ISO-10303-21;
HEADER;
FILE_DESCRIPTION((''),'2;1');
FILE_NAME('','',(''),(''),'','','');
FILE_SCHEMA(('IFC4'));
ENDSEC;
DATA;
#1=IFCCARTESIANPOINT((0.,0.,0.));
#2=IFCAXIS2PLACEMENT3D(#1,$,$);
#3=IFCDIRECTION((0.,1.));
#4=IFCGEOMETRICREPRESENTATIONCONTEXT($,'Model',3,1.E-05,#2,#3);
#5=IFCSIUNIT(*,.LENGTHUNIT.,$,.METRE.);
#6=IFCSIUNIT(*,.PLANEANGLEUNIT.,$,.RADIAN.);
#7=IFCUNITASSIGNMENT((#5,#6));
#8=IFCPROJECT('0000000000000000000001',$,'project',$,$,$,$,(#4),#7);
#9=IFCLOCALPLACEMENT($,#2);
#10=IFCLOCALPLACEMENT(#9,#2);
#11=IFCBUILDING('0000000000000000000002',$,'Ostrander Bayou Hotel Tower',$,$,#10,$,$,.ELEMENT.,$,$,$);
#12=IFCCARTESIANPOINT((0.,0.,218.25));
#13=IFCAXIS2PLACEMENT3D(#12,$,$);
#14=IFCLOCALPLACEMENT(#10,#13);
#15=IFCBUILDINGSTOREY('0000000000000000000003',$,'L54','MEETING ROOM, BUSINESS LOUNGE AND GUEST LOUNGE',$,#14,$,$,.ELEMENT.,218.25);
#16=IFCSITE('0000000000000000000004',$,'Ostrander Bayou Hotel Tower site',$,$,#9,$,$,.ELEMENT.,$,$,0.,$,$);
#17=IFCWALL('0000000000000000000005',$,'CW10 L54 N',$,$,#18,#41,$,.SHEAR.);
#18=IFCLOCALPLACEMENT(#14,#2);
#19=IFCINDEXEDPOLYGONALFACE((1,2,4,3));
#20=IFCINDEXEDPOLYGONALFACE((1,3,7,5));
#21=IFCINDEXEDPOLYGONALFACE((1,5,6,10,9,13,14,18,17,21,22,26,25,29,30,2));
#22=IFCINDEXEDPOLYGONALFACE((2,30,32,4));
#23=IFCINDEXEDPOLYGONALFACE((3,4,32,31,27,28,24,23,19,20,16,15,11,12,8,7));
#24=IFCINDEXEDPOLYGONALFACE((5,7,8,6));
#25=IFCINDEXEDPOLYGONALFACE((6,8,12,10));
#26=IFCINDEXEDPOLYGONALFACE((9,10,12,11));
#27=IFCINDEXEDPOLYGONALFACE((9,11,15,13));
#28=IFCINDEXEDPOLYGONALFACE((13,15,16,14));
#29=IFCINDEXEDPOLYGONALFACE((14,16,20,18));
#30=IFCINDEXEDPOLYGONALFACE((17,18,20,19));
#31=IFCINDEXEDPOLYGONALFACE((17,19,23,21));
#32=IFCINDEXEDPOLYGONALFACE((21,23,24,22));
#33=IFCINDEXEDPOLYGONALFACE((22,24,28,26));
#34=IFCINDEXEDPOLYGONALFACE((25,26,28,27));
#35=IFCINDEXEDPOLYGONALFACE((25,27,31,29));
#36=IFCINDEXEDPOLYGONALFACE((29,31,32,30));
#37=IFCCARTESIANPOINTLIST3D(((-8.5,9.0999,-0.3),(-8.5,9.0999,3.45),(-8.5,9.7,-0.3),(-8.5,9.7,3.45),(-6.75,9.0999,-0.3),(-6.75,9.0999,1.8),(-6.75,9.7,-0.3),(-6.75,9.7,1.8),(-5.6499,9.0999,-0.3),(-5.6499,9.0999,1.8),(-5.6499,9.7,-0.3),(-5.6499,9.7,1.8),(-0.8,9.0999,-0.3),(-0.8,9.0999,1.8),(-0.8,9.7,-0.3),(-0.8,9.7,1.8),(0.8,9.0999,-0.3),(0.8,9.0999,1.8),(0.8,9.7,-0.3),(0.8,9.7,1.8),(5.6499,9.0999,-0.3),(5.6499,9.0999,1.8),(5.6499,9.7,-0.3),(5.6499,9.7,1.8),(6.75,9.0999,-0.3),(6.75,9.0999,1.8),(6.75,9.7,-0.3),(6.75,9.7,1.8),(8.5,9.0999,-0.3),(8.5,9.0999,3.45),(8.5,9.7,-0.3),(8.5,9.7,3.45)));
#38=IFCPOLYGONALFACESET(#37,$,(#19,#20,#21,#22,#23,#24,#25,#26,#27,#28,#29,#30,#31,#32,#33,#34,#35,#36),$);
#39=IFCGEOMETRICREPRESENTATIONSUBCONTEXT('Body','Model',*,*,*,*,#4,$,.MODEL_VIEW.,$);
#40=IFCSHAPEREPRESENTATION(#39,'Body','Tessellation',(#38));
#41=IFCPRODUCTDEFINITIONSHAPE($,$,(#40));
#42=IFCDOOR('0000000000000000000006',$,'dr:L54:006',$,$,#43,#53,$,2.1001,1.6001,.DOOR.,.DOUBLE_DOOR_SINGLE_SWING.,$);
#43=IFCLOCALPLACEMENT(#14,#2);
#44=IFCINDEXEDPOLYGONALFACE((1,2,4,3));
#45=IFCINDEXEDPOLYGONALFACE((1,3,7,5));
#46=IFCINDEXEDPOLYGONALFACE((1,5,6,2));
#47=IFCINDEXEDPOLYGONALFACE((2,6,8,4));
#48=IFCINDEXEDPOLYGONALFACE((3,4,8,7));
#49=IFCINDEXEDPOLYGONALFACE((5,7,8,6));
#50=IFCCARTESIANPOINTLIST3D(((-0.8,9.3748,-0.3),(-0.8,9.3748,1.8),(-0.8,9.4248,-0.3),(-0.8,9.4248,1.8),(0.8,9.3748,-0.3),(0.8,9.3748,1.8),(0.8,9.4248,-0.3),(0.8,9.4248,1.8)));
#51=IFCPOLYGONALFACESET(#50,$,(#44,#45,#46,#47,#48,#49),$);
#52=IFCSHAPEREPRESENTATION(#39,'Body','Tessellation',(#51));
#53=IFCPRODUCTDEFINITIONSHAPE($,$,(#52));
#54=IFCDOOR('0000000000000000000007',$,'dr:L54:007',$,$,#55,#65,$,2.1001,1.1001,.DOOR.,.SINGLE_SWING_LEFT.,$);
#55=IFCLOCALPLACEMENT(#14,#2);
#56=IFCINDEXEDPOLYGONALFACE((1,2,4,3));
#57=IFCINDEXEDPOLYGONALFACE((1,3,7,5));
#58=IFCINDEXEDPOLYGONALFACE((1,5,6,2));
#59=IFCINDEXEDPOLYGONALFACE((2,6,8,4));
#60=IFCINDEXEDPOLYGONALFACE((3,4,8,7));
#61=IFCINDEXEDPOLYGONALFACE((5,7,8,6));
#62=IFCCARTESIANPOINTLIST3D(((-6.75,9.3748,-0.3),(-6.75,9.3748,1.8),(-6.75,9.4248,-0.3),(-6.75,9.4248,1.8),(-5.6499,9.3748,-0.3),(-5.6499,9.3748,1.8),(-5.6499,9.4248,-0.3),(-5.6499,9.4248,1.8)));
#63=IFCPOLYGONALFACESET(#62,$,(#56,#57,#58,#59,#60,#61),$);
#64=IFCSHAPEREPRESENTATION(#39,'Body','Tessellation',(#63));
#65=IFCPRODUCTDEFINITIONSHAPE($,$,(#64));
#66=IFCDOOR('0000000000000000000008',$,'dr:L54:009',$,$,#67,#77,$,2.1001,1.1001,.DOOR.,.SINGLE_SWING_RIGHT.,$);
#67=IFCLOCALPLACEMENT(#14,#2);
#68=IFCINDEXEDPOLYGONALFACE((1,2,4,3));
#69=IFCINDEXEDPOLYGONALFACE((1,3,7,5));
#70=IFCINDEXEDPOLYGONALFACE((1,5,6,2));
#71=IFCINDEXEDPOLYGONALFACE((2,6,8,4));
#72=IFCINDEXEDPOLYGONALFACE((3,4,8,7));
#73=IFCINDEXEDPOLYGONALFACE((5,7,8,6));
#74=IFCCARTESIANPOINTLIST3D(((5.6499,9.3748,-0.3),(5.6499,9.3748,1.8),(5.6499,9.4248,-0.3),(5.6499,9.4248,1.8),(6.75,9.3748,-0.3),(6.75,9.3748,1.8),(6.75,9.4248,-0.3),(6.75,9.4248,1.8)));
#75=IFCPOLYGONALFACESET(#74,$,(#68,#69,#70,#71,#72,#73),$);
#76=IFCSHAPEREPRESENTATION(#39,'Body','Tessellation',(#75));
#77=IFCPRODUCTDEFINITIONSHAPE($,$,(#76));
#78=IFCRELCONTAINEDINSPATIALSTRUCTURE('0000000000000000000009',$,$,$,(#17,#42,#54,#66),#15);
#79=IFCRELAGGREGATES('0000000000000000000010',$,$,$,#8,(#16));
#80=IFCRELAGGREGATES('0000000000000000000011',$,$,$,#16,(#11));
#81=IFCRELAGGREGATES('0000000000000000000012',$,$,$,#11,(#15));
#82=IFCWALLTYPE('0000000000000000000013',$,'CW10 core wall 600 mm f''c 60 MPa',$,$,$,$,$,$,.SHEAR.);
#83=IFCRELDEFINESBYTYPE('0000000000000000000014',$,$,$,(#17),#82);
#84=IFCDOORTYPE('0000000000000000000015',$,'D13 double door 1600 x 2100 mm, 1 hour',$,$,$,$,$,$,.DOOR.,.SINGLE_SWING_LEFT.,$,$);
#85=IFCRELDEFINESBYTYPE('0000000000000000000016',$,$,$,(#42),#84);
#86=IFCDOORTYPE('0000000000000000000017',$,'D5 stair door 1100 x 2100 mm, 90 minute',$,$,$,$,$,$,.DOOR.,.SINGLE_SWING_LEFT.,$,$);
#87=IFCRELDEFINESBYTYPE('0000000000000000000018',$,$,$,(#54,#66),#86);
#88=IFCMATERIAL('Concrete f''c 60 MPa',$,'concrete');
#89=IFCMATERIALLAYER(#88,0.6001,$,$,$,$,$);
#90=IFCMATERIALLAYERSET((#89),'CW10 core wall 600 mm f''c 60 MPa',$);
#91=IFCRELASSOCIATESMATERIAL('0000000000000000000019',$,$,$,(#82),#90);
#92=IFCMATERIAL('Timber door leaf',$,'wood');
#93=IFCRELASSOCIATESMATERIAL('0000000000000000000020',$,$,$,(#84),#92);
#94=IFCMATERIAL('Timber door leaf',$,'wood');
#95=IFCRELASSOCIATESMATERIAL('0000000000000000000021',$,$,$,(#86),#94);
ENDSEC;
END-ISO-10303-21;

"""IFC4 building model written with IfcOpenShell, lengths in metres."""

from ifc_helpers import new_model, si_unit, direction, frame, frame_2d, origin, place, context, subcontext, project, spatial, rectangle, extrude, material, layer, layer_set, type_object, element, fill, save


model = new_model("IFC4")

# Units and contexts
model_context = context("Model", 3, precision=1e-05, world=origin(), true_north=direction((0.0, 1.0)))
body_context = subcontext(model_context, "Body", "Model", "MODEL_VIEW")
ifc_project = project(units=[si_unit("LENGTHUNIT", "METRE"), si_unit("PLANEANGLEUNIT", "RADIAN")], contexts=[model_context])

# Site, building, storey
site_placement = place(None, origin())
site = spatial("IfcSite", under=ifc_project, at=site_placement, Name="Ostrander Bayou Hotel Tower site", CompositionType="ELEMENT", RefElevation=0.0)
building_placement = place(site_placement, origin())
building = spatial("IfcBuilding", under=site, at=building_placement, Name="Ostrander Bayou Hotel Tower", CompositionType="ELEMENT")
storey_placement = place(building_placement, frame((0.0, 0.0, 218.25)))
storey = spatial("IfcBuildingStorey", under=building, at=storey_placement, Name="L54", Description="MEETING ROOM, BUSINESS LOUNGE AND GUEST LOUNGE", CompositionType="ELEMENT", Elevation=218.25)

# Wall, openings, doors
ifc_material_1 = material(Name="Concrete f'c 60 MPa", Category="concrete")
ifc_layer_1 = layer(ifc_material_1, 0.6001)
ifc_layer_set_1 = layer_set([ifc_layer_1], Name="CW10 core wall 600 mm f'c 60 MPa")
wall_type_1 = type_object("IfcWallType", Name="CW10 core wall 600 mm f'c 60 MPa", PredefinedType="SHEAR", material=ifc_layer_set_1)
wall_1_placement = place(storey_placement, frame((-8.5, 9.3999, -0.3), z_axis=(0.0, 0.0, 1.0), x_axis=(1.0, 0.0, 0.0)))
wall_1 = element("IfcWall", 1, at=wall_1_placement, inside=storey, type_object=wall_type_1, Name="CW10 L54 N", PredefinedType="SHEAR", context=body_context, shape_type="SweptSolid", body=[
    extrude(rectangle(XDim=17.0, YDim=0.6001, at=frame_2d((8.5, 0.0))), origin(), (0.0, 0.0, 1.0), 3.75),
])
opening_1_placement = place(wall_1_placement, frame((7.7, 0.0, 0.0)))
opening_1 = element("IfcOpeningElement", 2, at=opening_1_placement, cuts=wall_1, PredefinedType="OPENING", context=body_context, shape_type="SweptSolid", body=[
    extrude(rectangle(XDim=1.6001, YDim=2.1001, at=frame_2d((0.8, 1.05))), frame((0.0, 0.3, 0.0), z_axis=(0.0, -1.0, 0.0), x_axis=(1.0, 0.0, 0.0)), (0.0, 0.0, 1.0), 0.6001),
])
opening_2_placement = place(wall_1_placement, frame((1.75, 0.0, 0.0)))
opening_2 = element("IfcOpeningElement", 3, at=opening_2_placement, cuts=wall_1, PredefinedType="OPENING", context=body_context, shape_type="SweptSolid", body=[
    extrude(rectangle(XDim=1.1001, YDim=2.1001, at=frame_2d((0.55, 1.05))), frame((0.0, 0.3, 0.0), z_axis=(0.0, -1.0, 0.0), x_axis=(1.0, 0.0, 0.0)), (0.0, 0.0, 1.0), 0.6001),
])
opening_3_placement = place(wall_1_placement, frame((14.1499, 0.0, 0.0)))
opening_3 = element("IfcOpeningElement", 4, at=opening_3_placement, cuts=wall_1, PredefinedType="OPENING", context=body_context, shape_type="SweptSolid", body=[
    extrude(rectangle(XDim=1.1001, YDim=2.1001, at=frame_2d((0.55, 1.05))), frame((0.0, 0.3, 0.0), z_axis=(0.0, -1.0, 0.0), x_axis=(1.0, 0.0, 0.0)), (0.0, 0.0, 1.0), 0.6001),
])
ifc_material_2 = material(Name="Timber door leaf", Category="wood")
door_type_1 = type_object("IfcDoorType", Name="D13 double door 1600 x 2100 mm, 1 hour", OperationType="SINGLE_SWING_LEFT", PredefinedType="DOOR", material=ifc_material_2)
door_1_placement = place(opening_1_placement, origin())
door_1 = element("IfcDoor", 5, at=door_1_placement, inside=storey, type_object=door_type_1, Name="dr:L54:006", OperationType="DOUBLE_DOOR_SINGLE_SWING", OverallHeight=2.1001, OverallWidth=1.6001, PredefinedType="DOOR", context=body_context, shape_type="SweptSolid", body=[
    extrude(rectangle(XDim=1.6001, YDim=2.1001, at=frame_2d((0.8, 1.05))), frame((0.0, 0.0249, 0.0), z_axis=(0.0, -1.0, 0.0), x_axis=(1.0, 0.0, 0.0)), (0.0, 0.0, 1.0), 0.05),
])
fill(opening_1, door_1)
ifc_material_3 = material(Name="Timber door leaf", Category="wood")
door_type_2 = type_object("IfcDoorType", Name="D5 stair door 1100 x 2100 mm, 90 minute", OperationType="SINGLE_SWING_LEFT", PredefinedType="DOOR", material=ifc_material_3)
door_2_placement = place(opening_2_placement, origin())
door_2 = element("IfcDoor", 6, at=door_2_placement, inside=storey, type_object=door_type_2, Name="dr:L54:007", OperationType="SINGLE_SWING_LEFT", OverallHeight=2.1001, OverallWidth=1.1001, PredefinedType="DOOR", context=body_context, shape_type="SweptSolid", body=[
    extrude(rectangle(XDim=1.1001, YDim=2.1001, at=frame_2d((0.55, 1.05))), frame((0.0, 0.0249, 0.0), z_axis=(0.0, -1.0, 0.0), x_axis=(1.0, 0.0, 0.0)), (0.0, 0.0, 1.0), 0.05),
])
fill(opening_2, door_2)
door_3_placement = place(opening_3_placement, origin())
door_3 = element("IfcDoor", 7, at=door_3_placement, inside=storey, type_object=door_type_2, Name="dr:L54:009", OperationType="SINGLE_SWING_RIGHT", OverallHeight=2.1001, OverallWidth=1.1001, PredefinedType="DOOR", context=body_context, shape_type="SweptSolid", body=[
    extrude(rectangle(XDim=1.1001, YDim=2.1001, at=frame_2d((0.55, 1.05))), frame((0.0, 0.0249, 0.0), z_axis=(0.0, -1.0, 0.0), x_axis=(1.0, 0.0, 0.0)), (0.0, 0.0, 1.0), 0.05),
])
fill(opening_3, door_3)

save(model, "model.ifc")
